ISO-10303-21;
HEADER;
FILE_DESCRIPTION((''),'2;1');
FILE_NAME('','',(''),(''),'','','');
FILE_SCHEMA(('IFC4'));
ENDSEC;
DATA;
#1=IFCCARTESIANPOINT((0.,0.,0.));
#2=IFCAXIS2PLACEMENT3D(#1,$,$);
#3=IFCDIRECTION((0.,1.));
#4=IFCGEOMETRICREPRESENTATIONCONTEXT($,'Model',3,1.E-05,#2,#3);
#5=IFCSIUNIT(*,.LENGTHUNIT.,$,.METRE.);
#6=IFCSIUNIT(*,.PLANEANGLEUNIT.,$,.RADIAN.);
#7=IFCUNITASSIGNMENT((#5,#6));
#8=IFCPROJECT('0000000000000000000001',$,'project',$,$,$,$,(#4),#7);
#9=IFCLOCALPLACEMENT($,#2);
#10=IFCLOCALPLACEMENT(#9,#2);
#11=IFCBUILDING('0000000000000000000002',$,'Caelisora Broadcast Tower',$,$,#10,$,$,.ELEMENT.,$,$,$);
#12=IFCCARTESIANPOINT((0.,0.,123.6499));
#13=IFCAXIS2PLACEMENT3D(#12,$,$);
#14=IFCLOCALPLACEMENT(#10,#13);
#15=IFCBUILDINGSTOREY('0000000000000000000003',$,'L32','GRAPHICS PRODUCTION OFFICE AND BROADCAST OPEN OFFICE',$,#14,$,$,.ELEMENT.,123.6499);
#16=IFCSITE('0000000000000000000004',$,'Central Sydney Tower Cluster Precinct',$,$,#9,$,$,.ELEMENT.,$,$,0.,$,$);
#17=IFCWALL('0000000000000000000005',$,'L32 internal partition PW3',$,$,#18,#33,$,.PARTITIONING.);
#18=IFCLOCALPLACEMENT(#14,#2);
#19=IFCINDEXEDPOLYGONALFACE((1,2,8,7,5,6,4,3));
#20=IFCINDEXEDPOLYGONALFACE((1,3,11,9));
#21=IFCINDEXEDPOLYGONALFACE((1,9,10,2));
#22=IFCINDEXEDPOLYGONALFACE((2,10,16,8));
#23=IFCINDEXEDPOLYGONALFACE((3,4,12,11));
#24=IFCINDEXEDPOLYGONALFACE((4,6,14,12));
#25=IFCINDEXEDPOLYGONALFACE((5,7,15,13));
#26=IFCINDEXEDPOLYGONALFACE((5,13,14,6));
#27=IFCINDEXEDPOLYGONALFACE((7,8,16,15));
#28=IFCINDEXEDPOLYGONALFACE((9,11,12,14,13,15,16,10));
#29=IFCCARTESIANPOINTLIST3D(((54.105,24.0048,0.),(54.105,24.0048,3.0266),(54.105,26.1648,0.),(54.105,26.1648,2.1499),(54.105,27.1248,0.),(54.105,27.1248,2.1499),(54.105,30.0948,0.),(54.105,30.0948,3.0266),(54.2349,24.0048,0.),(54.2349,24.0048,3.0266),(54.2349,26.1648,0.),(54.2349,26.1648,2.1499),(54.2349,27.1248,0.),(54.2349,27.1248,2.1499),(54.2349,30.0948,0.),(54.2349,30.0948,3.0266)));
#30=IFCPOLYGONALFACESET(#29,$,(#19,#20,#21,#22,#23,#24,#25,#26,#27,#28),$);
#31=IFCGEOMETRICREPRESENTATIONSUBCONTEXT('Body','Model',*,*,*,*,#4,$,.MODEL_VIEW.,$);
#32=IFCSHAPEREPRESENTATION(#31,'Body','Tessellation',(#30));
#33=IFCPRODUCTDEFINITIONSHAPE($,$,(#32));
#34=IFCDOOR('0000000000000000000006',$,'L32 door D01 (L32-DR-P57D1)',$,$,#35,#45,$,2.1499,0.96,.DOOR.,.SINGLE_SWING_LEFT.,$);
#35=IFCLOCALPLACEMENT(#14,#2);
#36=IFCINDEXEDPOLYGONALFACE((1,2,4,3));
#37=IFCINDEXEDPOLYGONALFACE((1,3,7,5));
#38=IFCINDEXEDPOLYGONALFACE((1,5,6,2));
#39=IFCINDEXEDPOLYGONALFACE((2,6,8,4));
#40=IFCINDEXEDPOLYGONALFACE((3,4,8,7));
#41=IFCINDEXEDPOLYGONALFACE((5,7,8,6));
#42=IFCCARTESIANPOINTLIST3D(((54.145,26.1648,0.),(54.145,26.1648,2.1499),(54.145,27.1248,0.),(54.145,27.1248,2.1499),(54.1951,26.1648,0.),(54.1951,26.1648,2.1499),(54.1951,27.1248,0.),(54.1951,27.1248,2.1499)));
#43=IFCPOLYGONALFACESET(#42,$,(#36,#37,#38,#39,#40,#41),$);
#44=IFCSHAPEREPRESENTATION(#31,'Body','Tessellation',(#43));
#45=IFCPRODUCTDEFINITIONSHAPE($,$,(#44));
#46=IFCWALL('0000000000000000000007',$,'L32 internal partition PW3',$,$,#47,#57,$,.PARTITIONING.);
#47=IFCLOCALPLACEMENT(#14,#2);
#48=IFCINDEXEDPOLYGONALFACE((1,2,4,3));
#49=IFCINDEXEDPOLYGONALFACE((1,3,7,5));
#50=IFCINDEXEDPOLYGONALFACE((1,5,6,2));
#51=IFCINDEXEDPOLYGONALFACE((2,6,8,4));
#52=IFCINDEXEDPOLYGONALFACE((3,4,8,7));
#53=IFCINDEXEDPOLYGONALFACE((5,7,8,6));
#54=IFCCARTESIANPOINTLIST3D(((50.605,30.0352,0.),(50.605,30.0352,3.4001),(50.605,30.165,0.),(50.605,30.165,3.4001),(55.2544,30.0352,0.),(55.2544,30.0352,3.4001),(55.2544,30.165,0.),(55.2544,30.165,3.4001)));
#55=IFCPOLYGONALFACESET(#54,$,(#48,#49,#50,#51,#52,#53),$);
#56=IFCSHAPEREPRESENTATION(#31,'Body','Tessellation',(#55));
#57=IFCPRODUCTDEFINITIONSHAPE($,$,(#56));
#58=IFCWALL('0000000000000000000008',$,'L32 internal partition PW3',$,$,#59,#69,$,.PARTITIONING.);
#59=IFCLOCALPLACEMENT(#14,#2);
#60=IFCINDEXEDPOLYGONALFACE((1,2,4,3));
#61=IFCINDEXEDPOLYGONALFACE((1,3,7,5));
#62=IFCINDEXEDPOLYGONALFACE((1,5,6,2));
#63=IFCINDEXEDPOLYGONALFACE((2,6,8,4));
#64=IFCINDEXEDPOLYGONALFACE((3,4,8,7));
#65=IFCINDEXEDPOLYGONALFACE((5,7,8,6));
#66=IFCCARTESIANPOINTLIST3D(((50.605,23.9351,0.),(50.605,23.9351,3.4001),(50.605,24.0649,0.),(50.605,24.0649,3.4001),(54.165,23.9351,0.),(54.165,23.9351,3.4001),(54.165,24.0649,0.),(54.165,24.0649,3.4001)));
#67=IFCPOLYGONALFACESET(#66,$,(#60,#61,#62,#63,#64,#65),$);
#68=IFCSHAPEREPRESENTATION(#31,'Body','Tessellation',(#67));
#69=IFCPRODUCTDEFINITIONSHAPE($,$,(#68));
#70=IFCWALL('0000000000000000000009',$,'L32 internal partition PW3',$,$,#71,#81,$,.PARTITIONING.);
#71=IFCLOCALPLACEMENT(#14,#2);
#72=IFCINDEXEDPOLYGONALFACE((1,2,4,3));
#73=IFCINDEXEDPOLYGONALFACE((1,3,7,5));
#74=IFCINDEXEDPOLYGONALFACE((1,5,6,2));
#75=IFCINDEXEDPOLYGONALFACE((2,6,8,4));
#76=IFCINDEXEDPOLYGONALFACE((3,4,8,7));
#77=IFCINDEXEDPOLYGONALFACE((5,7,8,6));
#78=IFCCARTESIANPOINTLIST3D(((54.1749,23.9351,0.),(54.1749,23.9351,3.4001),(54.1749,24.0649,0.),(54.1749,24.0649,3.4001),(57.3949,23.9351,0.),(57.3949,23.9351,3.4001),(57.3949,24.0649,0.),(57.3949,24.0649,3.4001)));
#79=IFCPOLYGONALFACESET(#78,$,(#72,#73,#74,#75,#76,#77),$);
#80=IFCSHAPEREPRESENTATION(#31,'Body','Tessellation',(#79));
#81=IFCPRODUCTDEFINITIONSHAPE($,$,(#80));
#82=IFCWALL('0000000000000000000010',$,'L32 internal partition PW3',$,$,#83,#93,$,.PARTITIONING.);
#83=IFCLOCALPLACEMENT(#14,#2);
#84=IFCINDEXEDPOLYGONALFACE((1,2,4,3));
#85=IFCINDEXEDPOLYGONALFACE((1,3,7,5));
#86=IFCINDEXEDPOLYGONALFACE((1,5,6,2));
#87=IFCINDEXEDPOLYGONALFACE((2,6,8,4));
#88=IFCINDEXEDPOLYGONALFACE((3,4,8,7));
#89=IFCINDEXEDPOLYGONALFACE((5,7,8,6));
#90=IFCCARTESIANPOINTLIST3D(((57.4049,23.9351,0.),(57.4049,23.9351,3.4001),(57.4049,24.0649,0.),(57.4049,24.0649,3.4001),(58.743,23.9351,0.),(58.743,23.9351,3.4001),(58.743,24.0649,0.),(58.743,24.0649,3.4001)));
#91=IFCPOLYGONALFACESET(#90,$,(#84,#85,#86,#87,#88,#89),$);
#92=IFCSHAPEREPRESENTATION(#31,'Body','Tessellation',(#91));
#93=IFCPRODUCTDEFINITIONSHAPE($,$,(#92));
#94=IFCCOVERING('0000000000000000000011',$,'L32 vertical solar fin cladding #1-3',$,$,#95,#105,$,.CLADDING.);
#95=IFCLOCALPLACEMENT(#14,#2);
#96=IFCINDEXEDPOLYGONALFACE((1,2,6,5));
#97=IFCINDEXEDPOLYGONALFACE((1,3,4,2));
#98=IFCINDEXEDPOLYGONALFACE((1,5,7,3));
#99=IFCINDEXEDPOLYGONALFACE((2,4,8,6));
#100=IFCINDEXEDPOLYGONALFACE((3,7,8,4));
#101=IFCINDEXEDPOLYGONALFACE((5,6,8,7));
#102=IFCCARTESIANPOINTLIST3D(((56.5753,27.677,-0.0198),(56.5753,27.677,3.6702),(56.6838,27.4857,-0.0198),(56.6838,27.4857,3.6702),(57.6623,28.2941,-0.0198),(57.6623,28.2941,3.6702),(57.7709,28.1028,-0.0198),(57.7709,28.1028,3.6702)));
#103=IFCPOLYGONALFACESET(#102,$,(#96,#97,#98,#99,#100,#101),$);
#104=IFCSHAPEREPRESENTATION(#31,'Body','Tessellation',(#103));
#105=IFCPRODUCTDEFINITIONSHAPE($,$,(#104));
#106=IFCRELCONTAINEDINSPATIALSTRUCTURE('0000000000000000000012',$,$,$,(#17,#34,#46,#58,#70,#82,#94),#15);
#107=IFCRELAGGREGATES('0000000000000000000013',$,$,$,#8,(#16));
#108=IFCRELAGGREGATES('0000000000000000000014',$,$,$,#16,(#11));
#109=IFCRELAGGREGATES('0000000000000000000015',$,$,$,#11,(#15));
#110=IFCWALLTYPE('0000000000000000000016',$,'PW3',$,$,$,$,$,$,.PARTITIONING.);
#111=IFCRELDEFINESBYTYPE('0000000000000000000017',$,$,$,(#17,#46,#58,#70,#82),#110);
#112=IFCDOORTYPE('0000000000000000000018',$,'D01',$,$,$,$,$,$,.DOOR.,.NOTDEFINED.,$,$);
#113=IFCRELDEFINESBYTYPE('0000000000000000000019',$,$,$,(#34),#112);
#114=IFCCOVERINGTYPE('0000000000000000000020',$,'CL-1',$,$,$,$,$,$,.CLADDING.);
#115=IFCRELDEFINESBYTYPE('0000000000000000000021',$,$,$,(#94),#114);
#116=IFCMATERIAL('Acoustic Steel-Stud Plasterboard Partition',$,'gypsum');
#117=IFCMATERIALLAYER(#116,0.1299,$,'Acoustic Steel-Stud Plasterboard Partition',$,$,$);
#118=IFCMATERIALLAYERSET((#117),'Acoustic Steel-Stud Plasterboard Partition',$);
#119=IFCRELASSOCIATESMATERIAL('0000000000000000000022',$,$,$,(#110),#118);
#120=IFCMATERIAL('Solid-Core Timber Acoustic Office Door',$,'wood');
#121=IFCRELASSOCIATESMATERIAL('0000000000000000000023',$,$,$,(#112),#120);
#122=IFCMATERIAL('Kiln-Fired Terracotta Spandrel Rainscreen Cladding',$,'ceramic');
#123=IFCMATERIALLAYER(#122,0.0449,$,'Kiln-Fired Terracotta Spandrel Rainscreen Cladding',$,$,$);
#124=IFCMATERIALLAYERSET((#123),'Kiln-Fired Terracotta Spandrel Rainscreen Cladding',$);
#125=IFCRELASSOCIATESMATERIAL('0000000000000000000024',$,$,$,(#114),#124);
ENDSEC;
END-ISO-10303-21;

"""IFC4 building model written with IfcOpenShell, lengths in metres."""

from ifc_helpers import new_model, si_unit, direction, frame, frame_2d, origin, origin_2d, place, context, subcontext, project, spatial, rectangle, extrude, source, transform, mapped, material, layer, layer_set, type_object, type_shapes, element, fill, save


model = new_model("IFC4")

# Units and contexts
model_context = context("Model", 3, precision=1e-05, world=origin(), true_north=direction((0.0, 1.0)))
body_context = subcontext(model_context, "Body", "Model", "MODEL_VIEW")
ifc_project = project(units=[si_unit("LENGTHUNIT", "METRE"), si_unit("PLANEANGLEUNIT", "RADIAN")], contexts=[model_context])

# Site, building, storey
site_placement = place(None, origin())
site = spatial("IfcSite", under=ifc_project, at=site_placement, Name="Central Sydney Tower Cluster Precinct", CompositionType="ELEMENT", RefElevation=0.0)
building_placement = place(site_placement, origin())
building = spatial("IfcBuilding", under=site, at=building_placement, Name="Caelisora Broadcast Tower", CompositionType="ELEMENT")
storey_placement = place(building_placement, frame((0.0, 0.0, 123.6499)))
storey = spatial("IfcBuildingStorey", under=building, at=storey_placement, Name="L32", Description="GRAPHICS PRODUCTION OFFICE AND BROADCAST OPEN OFFICE", CompositionType="ELEMENT", Elevation=123.6499)

# Wall, opening, door
ifc_material_1 = material(Name="Acoustic Steel-Stud Plasterboard Partition", Category="gypsum")
ifc_layer_1 = layer(ifc_material_1, 0.1299, Name="Acoustic Steel-Stud Plasterboard Partition")
ifc_layer_set_1 = layer_set([ifc_layer_1], Name="Acoustic Steel-Stud Plasterboard Partition")
wall_type = type_object("IfcWallType", Name="PW3", PredefinedType="PARTITIONING", material=ifc_layer_set_1)
ifc_material_2 = material(Name="Solid-Core Timber Acoustic Office Door", Category="wood")
door_type = type_object("IfcDoorType", Name="D01", OperationType="NOTDEFINED", PredefinedType="DOOR", material=ifc_material_2)
wall_1_placement = place(storey_placement, frame((54.1699, 24.0049, 0.0), z_axis=(0.0, 0.0, 1.0), x_axis=(0.0, 1.0, 0.0)))
wall_1 = element("IfcWall", 1, at=wall_1_placement, inside=storey, type_object=wall_type, Name="L32 internal partition PW3", PredefinedType="PARTITIONING", context=body_context, shape_type="SweptSolid", body=[
    extrude(rectangle(XDim=6.0901, YDim=0.1299, at=frame_2d((3.0449, 0.0))), origin(), (0.0, 0.0, 1.0), 3.0266),
])
opening_1_placement = place(wall_1_placement, frame((2.1599, 0.0, 0.0)))
opening_1 = element("IfcOpeningElement", 2, at=opening_1_placement, cuts=wall_1, PredefinedType="OPENING", context=body_context, shape_type="SweptSolid", body=[
    extrude(rectangle(XDim=0.96, YDim=2.1499, at=frame_2d((0.48, 1.075))), frame((0.0, 0.0769, 0.0), z_axis=(0.0, -1.0, 0.0), x_axis=(1.0, 0.0, 0.0)), (0.0, 0.0, 1.0), 0.1538),
])
door_1_placement = place(opening_1_placement, origin())
door_1 = element("IfcDoor", 3, at=door_1_placement, inside=storey, type_object=door_type, Name="L32 door D01 (L32-DR-P57D1)", OperationType="SINGLE_SWING_LEFT", OverallHeight=2.1499, OverallWidth=0.96, PredefinedType="DOOR", context=body_context, shape_type="SweptSolid", body=[
    extrude(rectangle(XDim=0.96, YDim=2.1499, at=frame_2d((0.48, 1.075))), frame((0.0, 0.0249, 0.0), z_axis=(0.0, -1.0, 0.0), x_axis=(1.0, 0.0, 0.0)), (0.0, 0.0, 1.0), 0.05),
])
fill(opening_1, door_1)

# Walls
wall_2_placement = place(storey_placement, frame((50.605, 30.1001, 0.0), z_axis=(0.0, 0.0, 1.0), x_axis=(1.0, 0.0, 0.0)))
element("IfcWall", 4, at=wall_2_placement, inside=storey, type_object=wall_type, Name="L32 internal partition PW3", PredefinedType="PARTITIONING", context=body_context, shape_type="SweptSolid", body=[
    extrude(rectangle(XDim=4.6494, YDim=0.1299, at=frame_2d((2.3247, 0.0))), origin(), (0.0, 0.0, 1.0), 3.4001),
])
wall_3_placement = place(storey_placement, frame((50.605, 24.0, 0.0), z_axis=(0.0, 0.0, 1.0), x_axis=(1.0, 0.0, 0.0)))
element("IfcWall", 5, at=wall_3_placement, inside=storey, type_object=wall_type, Name="L32 internal partition PW3", PredefinedType="PARTITIONING", context=body_context, shape_type="SweptSolid", body=[
    extrude(rectangle(XDim=3.5601, YDim=0.1299, at=frame_2d((1.78, 0.0))), origin(), (0.0, 0.0, 1.0), 3.4001),
])
wall_4_placement = place(storey_placement, frame((54.175, 24.0, 0.0), z_axis=(0.0, 0.0, 1.0), x_axis=(1.0, 0.0, 0.0)))
element("IfcWall", 6, at=wall_4_placement, inside=storey, type_object=wall_type, Name="L32 internal partition PW3", PredefinedType="PARTITIONING", context=body_context, shape_type="SweptSolid", body=[
    extrude(rectangle(XDim=3.22, YDim=0.1299, at=frame_2d((1.6099, 0.0))), origin(), (0.0, 0.0, 1.0), 3.4001),
])
wall_5_placement = place(storey_placement, frame((57.405, 24.0, 0.0), z_axis=(0.0, 0.0, 1.0), x_axis=(1.0, 0.0, 0.0)))
element("IfcWall", 7, at=wall_5_placement, inside=storey, type_object=wall_type, Name="L32 internal partition PW3", PredefinedType="PARTITIONING", context=body_context, shape_type="SweptSolid", body=[
    extrude(rectangle(XDim=1.3381, YDim=0.1299, at=frame_2d((0.6689, 0.0))), origin(), (0.0, 0.0, 1.0), 3.4001),
])

# Covering
ifc_material_3 = material(Name="Kiln-Fired Terracotta Spandrel Rainscreen Cladding", Category="ceramic")
ifc_layer_2 = layer(ifc_material_3, 0.0449, Name="Kiln-Fired Terracotta Spandrel Rainscreen Cladding")
ifc_layer_set_2 = layer_set([ifc_layer_2], Name="Kiln-Fired Terracotta Spandrel Rainscreen Cladding")
covering_type = type_object("IfcCoveringType", Name="CL-1", PredefinedType="CLADDING", material=ifc_layer_set_2)
shared_shape_1 = source(origin(), body_context, "Body", "SweptSolid", [
    extrude(rectangle(XDim=0.22, YDim=1.25, at=origin_2d()), origin(), (0.0, 0.0, 1.0), 3.6899),
])
type_shapes(covering_type, [shared_shape_1])
covering_placement = place(storey_placement, frame((57.1731, 27.8899, -0.0198), z_axis=(0.0, 0.0, 1.0), x_axis=(0.493638, -0.869667, 0.0)))
element("IfcCovering", 8, at=covering_placement, inside=storey, type_object=covering_type, Name="L32 vertical solar fin cladding #1-3", PredefinedType="CLADDING", context=body_context, shape_type="MappedRepresentation", body=[
    mapped(shared_shape_1, transform((0.0, 0.0, 0.0), scale=1.0)),
])

save(model, "model.ifc")
